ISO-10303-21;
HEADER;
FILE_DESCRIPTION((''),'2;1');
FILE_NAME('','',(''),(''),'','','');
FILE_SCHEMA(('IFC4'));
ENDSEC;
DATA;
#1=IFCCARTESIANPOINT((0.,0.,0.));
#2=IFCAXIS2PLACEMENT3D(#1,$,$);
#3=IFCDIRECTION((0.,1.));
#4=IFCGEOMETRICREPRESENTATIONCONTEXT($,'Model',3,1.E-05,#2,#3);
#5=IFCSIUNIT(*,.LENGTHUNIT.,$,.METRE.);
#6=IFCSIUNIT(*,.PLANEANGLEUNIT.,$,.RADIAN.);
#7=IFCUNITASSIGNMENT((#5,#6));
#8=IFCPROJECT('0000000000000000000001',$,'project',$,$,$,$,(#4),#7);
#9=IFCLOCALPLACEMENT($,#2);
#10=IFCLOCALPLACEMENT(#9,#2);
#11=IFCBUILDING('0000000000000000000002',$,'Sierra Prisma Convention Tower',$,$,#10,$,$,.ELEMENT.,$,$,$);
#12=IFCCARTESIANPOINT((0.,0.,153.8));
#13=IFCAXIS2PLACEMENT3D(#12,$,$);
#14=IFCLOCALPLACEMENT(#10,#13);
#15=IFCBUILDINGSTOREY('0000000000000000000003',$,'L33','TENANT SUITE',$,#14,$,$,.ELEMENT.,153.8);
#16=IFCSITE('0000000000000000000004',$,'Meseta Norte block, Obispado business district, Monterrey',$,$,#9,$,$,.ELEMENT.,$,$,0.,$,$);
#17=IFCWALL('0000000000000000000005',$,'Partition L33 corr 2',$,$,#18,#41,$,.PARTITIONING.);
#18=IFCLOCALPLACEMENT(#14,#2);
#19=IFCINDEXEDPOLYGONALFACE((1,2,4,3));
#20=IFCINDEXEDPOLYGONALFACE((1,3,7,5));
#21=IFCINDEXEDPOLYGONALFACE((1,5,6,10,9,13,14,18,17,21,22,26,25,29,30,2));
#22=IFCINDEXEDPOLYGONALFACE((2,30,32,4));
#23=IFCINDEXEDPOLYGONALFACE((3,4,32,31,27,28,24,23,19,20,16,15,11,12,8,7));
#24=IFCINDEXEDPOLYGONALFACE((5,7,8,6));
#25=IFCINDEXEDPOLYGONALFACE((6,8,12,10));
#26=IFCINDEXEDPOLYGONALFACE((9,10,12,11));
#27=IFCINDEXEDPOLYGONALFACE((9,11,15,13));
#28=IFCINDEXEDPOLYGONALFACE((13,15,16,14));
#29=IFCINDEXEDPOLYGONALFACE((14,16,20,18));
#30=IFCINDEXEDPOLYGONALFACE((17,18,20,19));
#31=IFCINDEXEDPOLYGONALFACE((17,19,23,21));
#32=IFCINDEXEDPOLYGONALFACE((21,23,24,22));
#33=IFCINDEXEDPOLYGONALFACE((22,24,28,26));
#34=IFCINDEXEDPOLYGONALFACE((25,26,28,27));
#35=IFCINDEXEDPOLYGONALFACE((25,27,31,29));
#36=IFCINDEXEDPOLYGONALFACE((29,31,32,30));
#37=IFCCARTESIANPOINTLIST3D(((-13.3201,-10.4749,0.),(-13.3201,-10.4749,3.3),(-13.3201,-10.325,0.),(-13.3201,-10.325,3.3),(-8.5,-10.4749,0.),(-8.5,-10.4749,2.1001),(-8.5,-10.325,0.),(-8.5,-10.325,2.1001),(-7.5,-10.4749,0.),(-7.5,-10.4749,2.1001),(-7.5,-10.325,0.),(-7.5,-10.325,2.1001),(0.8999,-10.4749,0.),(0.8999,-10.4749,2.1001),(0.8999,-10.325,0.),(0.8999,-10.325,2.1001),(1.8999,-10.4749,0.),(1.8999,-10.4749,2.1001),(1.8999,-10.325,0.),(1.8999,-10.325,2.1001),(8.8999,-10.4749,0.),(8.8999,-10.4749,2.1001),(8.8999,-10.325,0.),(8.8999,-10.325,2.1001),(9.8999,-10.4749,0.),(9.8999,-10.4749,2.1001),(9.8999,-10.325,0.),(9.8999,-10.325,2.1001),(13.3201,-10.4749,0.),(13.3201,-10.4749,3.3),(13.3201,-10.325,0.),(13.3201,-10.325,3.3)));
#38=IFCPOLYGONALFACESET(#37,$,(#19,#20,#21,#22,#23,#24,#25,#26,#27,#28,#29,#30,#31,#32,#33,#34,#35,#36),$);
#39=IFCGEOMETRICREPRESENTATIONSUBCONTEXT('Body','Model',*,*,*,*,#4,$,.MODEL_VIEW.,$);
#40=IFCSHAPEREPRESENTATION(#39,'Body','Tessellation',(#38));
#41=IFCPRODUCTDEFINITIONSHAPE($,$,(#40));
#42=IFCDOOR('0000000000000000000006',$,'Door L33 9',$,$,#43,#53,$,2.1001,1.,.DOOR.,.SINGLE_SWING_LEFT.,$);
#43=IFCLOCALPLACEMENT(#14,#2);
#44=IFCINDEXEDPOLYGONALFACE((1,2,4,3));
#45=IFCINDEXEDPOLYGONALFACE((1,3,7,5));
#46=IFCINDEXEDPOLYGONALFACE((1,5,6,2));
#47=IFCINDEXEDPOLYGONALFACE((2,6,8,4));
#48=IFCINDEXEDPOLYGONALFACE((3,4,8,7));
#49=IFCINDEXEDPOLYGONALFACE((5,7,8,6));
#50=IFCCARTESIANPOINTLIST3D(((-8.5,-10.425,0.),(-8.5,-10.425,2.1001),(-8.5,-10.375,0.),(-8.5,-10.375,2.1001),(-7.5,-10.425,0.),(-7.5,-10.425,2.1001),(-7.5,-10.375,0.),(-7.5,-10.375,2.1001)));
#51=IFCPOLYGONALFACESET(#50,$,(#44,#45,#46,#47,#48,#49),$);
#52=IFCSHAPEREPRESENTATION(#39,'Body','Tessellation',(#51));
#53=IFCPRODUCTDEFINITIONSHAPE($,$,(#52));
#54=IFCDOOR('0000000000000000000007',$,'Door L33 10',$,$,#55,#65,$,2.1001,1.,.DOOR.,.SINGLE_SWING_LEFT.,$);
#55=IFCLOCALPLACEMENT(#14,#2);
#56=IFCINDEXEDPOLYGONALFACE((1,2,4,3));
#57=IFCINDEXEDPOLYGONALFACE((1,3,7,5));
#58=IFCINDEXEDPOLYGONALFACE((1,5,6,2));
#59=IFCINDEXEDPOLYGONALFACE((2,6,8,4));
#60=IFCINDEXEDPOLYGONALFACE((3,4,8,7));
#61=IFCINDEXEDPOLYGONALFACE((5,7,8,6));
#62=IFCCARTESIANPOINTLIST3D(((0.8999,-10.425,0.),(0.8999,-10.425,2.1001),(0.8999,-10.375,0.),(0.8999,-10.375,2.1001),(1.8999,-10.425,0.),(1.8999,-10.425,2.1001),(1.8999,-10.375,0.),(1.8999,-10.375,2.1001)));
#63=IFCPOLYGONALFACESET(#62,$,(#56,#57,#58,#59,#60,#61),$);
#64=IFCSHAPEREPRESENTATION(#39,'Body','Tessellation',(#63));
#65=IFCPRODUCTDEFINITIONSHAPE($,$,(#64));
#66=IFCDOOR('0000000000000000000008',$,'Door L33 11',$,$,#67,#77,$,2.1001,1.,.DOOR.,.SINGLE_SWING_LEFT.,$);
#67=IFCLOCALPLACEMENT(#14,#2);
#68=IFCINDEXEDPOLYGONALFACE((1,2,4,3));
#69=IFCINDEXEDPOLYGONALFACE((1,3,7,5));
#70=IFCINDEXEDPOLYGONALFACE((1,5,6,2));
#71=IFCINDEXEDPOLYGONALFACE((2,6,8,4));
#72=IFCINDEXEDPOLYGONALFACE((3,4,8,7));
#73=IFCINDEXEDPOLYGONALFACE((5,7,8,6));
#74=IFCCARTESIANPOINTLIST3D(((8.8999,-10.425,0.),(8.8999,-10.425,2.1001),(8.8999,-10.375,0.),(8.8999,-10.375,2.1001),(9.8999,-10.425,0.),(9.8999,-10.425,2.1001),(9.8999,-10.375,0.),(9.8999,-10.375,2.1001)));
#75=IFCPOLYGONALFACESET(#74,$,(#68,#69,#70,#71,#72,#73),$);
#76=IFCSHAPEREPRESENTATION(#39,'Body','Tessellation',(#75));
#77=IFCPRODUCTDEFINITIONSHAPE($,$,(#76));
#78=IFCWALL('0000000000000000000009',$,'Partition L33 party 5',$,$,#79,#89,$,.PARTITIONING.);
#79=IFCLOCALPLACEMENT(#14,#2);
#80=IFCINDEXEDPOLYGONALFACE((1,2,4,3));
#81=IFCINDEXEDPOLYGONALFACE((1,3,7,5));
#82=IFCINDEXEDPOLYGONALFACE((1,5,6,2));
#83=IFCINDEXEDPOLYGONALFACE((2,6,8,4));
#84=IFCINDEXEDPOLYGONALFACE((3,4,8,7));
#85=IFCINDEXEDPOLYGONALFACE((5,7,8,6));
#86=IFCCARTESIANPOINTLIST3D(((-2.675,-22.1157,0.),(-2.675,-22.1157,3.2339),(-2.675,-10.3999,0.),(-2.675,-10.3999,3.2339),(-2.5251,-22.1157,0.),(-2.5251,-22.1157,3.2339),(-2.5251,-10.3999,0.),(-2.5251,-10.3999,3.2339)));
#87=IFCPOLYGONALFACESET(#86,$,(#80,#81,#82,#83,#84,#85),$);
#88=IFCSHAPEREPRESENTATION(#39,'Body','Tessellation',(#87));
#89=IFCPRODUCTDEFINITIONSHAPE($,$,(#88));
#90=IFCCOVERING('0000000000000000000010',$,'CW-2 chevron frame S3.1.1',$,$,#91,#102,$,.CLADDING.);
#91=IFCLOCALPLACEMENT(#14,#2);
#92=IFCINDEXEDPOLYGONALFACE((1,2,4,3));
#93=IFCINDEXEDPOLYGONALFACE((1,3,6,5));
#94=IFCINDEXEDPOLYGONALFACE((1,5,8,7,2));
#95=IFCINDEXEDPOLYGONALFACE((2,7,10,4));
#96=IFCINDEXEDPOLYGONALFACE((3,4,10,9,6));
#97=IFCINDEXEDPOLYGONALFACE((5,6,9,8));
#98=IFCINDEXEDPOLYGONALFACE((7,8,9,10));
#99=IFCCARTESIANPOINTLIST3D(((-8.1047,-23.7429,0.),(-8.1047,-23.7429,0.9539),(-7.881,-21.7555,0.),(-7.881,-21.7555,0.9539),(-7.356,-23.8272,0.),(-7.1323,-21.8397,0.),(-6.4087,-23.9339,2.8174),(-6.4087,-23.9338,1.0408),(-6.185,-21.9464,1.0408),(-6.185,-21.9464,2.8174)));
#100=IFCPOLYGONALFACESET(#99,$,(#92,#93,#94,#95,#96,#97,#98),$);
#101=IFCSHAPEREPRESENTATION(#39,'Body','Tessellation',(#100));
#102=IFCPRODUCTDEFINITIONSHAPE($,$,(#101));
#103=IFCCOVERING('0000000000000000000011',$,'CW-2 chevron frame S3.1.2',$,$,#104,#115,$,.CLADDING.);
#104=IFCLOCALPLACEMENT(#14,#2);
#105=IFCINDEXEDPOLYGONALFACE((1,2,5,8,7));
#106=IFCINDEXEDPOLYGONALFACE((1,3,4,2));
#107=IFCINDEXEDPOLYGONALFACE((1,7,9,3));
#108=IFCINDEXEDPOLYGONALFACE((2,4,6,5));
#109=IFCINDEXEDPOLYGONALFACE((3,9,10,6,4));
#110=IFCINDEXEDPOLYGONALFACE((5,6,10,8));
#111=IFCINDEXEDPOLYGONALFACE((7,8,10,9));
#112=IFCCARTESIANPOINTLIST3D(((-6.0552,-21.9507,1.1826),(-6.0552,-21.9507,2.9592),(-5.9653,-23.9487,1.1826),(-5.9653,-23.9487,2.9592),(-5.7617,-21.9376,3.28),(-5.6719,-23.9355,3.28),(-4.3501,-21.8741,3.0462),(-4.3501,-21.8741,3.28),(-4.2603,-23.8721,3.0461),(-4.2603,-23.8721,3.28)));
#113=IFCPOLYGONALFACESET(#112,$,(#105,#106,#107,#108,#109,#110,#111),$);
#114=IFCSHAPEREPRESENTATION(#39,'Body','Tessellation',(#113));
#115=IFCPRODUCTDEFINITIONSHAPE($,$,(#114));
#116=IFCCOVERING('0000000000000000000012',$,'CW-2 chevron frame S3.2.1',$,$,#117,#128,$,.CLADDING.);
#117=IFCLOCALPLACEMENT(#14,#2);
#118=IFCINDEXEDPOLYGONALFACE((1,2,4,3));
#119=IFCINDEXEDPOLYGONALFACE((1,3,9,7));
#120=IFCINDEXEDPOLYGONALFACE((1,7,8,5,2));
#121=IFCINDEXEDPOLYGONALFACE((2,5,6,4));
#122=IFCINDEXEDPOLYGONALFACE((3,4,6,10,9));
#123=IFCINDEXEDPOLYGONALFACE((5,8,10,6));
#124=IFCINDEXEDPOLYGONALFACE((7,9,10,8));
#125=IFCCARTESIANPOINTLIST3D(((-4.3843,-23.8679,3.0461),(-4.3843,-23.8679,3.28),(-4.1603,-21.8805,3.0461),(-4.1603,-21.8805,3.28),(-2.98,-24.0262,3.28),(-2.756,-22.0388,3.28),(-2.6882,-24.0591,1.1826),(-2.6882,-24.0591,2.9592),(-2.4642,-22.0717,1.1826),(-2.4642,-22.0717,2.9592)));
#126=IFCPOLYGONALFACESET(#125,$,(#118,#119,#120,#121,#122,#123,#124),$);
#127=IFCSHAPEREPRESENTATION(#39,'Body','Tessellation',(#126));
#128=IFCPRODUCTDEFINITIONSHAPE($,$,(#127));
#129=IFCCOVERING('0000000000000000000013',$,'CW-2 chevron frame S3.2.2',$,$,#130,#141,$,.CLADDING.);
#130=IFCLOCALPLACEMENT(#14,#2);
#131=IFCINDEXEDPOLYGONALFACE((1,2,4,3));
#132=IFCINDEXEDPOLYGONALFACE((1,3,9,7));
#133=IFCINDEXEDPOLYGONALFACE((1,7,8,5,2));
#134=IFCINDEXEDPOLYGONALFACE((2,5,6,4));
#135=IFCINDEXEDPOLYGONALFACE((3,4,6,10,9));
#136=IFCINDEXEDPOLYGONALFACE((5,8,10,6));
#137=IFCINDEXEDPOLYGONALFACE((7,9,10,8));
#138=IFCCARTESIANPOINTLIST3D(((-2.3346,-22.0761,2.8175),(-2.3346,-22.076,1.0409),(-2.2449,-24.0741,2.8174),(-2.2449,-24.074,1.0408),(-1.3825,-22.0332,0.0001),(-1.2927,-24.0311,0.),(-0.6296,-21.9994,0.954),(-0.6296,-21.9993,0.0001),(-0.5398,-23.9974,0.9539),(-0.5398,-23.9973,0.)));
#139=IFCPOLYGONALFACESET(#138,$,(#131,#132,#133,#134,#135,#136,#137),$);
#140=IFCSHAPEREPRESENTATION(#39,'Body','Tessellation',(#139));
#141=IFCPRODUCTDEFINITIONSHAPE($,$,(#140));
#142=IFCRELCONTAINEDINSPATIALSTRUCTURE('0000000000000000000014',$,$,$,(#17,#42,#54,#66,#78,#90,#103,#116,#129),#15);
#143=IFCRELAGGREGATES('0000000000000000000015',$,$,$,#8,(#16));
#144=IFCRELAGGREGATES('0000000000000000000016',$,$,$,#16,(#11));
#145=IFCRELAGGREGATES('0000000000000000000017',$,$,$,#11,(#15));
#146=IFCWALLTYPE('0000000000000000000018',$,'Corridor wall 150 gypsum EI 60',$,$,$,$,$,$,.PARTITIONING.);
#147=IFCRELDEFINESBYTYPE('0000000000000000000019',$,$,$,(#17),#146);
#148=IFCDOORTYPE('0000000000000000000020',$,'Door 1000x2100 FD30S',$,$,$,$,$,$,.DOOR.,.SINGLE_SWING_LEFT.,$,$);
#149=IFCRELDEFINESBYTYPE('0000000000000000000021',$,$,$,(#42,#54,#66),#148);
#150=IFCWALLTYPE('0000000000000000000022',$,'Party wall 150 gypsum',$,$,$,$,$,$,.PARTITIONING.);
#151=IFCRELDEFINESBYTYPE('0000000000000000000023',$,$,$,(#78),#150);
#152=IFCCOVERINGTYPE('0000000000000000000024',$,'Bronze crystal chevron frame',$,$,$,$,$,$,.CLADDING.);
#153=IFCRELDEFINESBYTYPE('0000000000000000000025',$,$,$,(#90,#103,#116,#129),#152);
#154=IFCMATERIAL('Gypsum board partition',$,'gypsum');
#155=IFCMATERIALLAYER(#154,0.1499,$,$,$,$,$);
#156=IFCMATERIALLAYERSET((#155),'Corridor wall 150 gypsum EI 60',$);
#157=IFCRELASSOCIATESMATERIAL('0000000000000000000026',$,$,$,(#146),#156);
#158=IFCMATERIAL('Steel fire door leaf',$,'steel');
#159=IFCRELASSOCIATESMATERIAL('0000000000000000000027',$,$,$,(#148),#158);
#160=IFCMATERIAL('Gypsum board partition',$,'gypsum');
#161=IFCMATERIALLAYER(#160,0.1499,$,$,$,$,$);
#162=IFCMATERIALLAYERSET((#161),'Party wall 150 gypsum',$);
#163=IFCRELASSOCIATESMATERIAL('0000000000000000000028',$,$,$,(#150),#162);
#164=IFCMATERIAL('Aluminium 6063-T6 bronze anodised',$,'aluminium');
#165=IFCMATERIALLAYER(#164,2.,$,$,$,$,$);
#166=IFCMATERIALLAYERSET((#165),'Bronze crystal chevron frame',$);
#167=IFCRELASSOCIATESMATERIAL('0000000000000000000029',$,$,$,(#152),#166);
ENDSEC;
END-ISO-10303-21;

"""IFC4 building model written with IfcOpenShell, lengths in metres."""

from ifc_helpers import new_model, si_unit, direction, frame, frame_2d, origin, place, context, subcontext, project, spatial, polyline, rectangle, outline, extrude, material, layer, layer_set, type_object, element, fill, save


model = new_model("IFC4")

# Units and contexts
model_context = context("Model", 3, precision=1e-05, world=origin(), true_north=direction((0.0, 1.0)))
body_context = subcontext(model_context, "Body", "Model", "MODEL_VIEW")
ifc_project = project(units=[si_unit("LENGTHUNIT", "METRE"), si_unit("PLANEANGLEUNIT", "RADIAN")], contexts=[model_context])

# Site, building, storey
site_placement = place(None, origin())
site = spatial("IfcSite", under=ifc_project, at=site_placement, Name="Meseta Norte block, Obispado business district, Monterrey", CompositionType="ELEMENT", RefElevation=0.0)
building_placement = place(site_placement, origin())
building = spatial("IfcBuilding", under=site, at=building_placement, Name="Sierra Prisma Convention Tower", CompositionType="ELEMENT")
storey_placement = place(building_placement, frame((0.0, 0.0, 153.8)))
storey = spatial("IfcBuildingStorey", under=building, at=storey_placement, Name="L33", Description="TENANT SUITE", CompositionType="ELEMENT", Elevation=153.8)

# Wall, openings, doors
ifc_material_1 = material(Name="Gypsum board partition", Category="gypsum")
ifc_layer_1 = layer(ifc_material_1, 0.1499)
ifc_layer_set_1 = layer_set([ifc_layer_1], Name="Corridor wall 150 gypsum EI 60")
wall_type_1 = type_object("IfcWallType", Name="Corridor wall 150 gypsum EI 60", PredefinedType="PARTITIONING", material=ifc_layer_set_1)
wall_1_placement = place(storey_placement, frame((-13.3201, -10.3999, 0.0), z_axis=(0.0, 0.0, 1.0), x_axis=(1.0, 0.0, 0.0)))
wall_1 = element("IfcWall", 1, at=wall_1_placement, inside=storey, type_object=wall_type_1, Name="Partition L33 corr 2", PredefinedType="PARTITIONING", context=body_context, shape_type="SweptSolid", body=[
    extrude(rectangle(XDim=26.6401, YDim=0.1499, at=frame_2d((13.3201, 0.0))), origin(), (0.0, 0.0, 1.0), 3.3),
])
opening_1_placement = place(wall_1_placement, frame((4.8201, 0.0, 0.0)))
opening_1 = element("IfcOpeningElement", 2, at=opening_1_placement, cuts=wall_1, PredefinedType="OPENING", context=body_context, shape_type="SweptSolid", body=[
    extrude(rectangle(XDim=1.0, YDim=2.1001, at=frame_2d((0.5, 1.05))), frame((0.0, 0.075, 0.0), z_axis=(0.0, -1.0, 0.0), x_axis=(1.0, 0.0, 0.0)), (0.0, 0.0, 1.0), 0.1499),
])
opening_2_placement = place(wall_1_placement, frame((14.22, 0.0, 0.0)))
opening_2 = element("IfcOpeningElement", 3, at=opening_2_placement, cuts=wall_1, PredefinedType="OPENING", context=body_context, shape_type="SweptSolid", body=[
    extrude(rectangle(XDim=1.0, YDim=2.1001, at=frame_2d((0.5, 1.05))), frame((0.0, 0.075, 0.0), z_axis=(0.0, -1.0, 0.0), x_axis=(1.0, 0.0, 0.0)), (0.0, 0.0, 1.0), 0.1499),
])
opening_3_placement = place(wall_1_placement, frame((22.22, 0.0, 0.0)))
opening_3 = element("IfcOpeningElement", 4, at=opening_3_placement, cuts=wall_1, PredefinedType="OPENING", context=body_context, shape_type="SweptSolid", body=[
    extrude(rectangle(XDim=1.0, YDim=2.1001, at=frame_2d((0.5, 1.05))), frame((0.0, 0.075, 0.0), z_axis=(0.0, -1.0, 0.0), x_axis=(1.0, 0.0, 0.0)), (0.0, 0.0, 1.0), 0.1499),
])
ifc_material_2 = material(Name="Steel fire door leaf", Category="steel")
door_type = type_object("IfcDoorType", Name="Door 1000x2100 FD30S", OperationType="SINGLE_SWING_LEFT", PredefinedType="DOOR", material=ifc_material_2)
door_1_placement = place(opening_1_placement, origin())
door_1 = element("IfcDoor", 5, at=door_1_placement, inside=storey, type_object=door_type, Name="Door L33 9", OperationType="SINGLE_SWING_LEFT", OverallHeight=2.1001, OverallWidth=1.0, PredefinedType="DOOR", context=body_context, shape_type="SweptSolid", body=[
    extrude(rectangle(XDim=1.0, YDim=2.1001, at=frame_2d((0.5, 1.05))), frame((0.0, 0.0249, 0.0), z_axis=(0.0, -1.0, 0.0), x_axis=(1.0, 0.0, 0.0)), (0.0, 0.0, 1.0), 0.05),
])
fill(opening_1, door_1)
door_2_placement = place(opening_2_placement, origin())
door_2 = element("IfcDoor", 6, at=door_2_placement, inside=storey, type_object=door_type, Name="Door L33 10", OperationType="SINGLE_SWING_LEFT", OverallHeight=2.1001, OverallWidth=1.0, PredefinedType="DOOR", context=body_context, shape_type="SweptSolid", body=[
    extrude(rectangle(XDim=1.0, YDim=2.1001, at=frame_2d((0.5, 1.05))), frame((0.0, 0.0249, 0.0), z_axis=(0.0, -1.0, 0.0), x_axis=(1.0, 0.0, 0.0)), (0.0, 0.0, 1.0), 0.05),
])
fill(opening_2, door_2)
door_3_placement = place(opening_3_placement, origin())
door_3 = element("IfcDoor", 7, at=door_3_placement, inside=storey, type_object=door_type, Name="Door L33 11", OperationType="SINGLE_SWING_LEFT", OverallHeight=2.1001, OverallWidth=1.0, PredefinedType="DOOR", context=body_context, shape_type="SweptSolid", body=[
    extrude(rectangle(XDim=1.0, YDim=2.1001, at=frame_2d((0.5, 1.05))), frame((0.0, 0.0249, 0.0), z_axis=(0.0, -1.0, 0.0), x_axis=(1.0, 0.0, 0.0)), (0.0, 0.0, 1.0), 0.05),
])
fill(opening_3, door_3)

# Wall
ifc_material_3 = material(Name="Gypsum board partition", Category="gypsum")
ifc_layer_2 = layer(ifc_material_3, 0.1499)
ifc_layer_set_2 = layer_set([ifc_layer_2], Name="Party wall 150 gypsum")
wall_type_2 = type_object("IfcWallType", Name="Party wall 150 gypsum", PredefinedType="PARTITIONING", material=ifc_layer_set_2)
wall_2_placement = place(storey_placement, frame((-2.6001, -10.3999, 0.0), z_axis=(0.0, 0.0, 1.0), x_axis=(0.0, -1.0, 0.0)))
element("IfcWall", 8, at=wall_2_placement, inside=storey, type_object=wall_type_2, Name="Partition L33 party 5", PredefinedType="PARTITIONING", context=body_context, shape_type="SweptSolid", body=[
    extrude(rectangle(XDim=11.7158, YDim=0.1499, at=frame_2d((5.8579, 0.0))), origin(), (0.0, 0.0, 1.0), 3.2339),
])

# Coverings
ifc_material_4 = material(Name="Aluminium 6063-T6 bronze anodised", Category="aluminium")
ifc_layer_3 = layer(ifc_material_4, 2.0)
ifc_layer_set_3 = layer_set([ifc_layer_3], Name="Bronze crystal chevron frame")
covering_type = type_object("IfcCoveringType", Name="Bronze crystal chevron frame", PredefinedType="CLADDING", material=ifc_layer_set_3)
covering_1_placement = place(storey_placement, frame((-8.1047, -23.7429, 0.0), z_axis=(-0.111849, -0.993725, -0.000018), x_axis=(0.993725, -0.111849, 0.0)))
element("IfcCovering", 9, at=covering_1_placement, inside=storey, type_object=covering_type, Name="CW-2 chevron frame S3.1.1", PredefinedType="CLADDING", context=body_context, shape_type="SweptSolid", body=[
    extrude(outline(polyline([(0.0, 0.0), (0.7535, 0.0), (1.7068, 1.0408), (1.7068, 2.8174), (0.0, 0.9539), (0.0, 0.0)])), origin(), (0.0, 0.0, -1.0), 2.0),
])
covering_2_placement = place(storey_placement, frame((-5.9653, -23.9487, 2.9592), z_axis=(0.044915, -0.998991, -0.000004), x_axis=(0.0, 0.000004, -1.0)))
element("IfcCovering", 10, at=covering_2_placement, inside=storey, type_object=covering_type, Name="CW-2 chevron frame S3.1.2", PredefinedType="CLADDING", context=body_context, shape_type="SweptSolid", body=[
    extrude(outline(polyline([(0.0, 0.0), (1.7766, 0.0), (-0.0869, 1.7068), (-0.3208, 1.7068), (-0.3208, 0.2938), (0.0, 0.0)])), origin(), (0.0, 0.0, -1.0), 2.0),
])
covering_3_placement = place(storey_placement, frame((-4.3843, -23.8679, 3.28), z_axis=(-0.111995, -0.993709, 0.000033), x_axis=(-0.000004, -0.000033, -1.0)))
element("IfcCovering", 11, at=covering_3_placement, inside=storey, type_object=covering_type, Name="CW-2 chevron frame S3.2.1", PredefinedType="CLADDING", context=body_context, shape_type="SweptSolid", body=[
    extrude(outline(polyline([(0.0, 0.0), (0.2339, 0.0), (2.0974, 1.7068), (0.3208, 1.7068), (0.0, 1.4132), (0.0, 0.0)])), origin(), (0.0, 0.0, -1.0), 2.0),
])
covering_4_placement = place(storey_placement, frame((-0.5398, -23.9973, 0.0), z_axis=(0.044884, -0.998992, -0.00005), x_axis=(0.000002, -0.00005, 1.0)))
element("IfcCovering", 12, at=covering_4_placement, inside=storey, type_object=covering_type, Name="CW-2 chevron frame S3.2.2", PredefinedType="CLADDING", context=body_context, shape_type="SweptSolid", body=[
    extrude(outline(polyline([(0.0, 0.0), (0.9539, 0.0), (2.8174, 1.7068), (1.0408, 1.7068), (0.0, 0.7537), (0.0, 0.0)])), origin(), (0.0, 0.0, -1.0), 2.0),
])

save(model, "model.ifc")
